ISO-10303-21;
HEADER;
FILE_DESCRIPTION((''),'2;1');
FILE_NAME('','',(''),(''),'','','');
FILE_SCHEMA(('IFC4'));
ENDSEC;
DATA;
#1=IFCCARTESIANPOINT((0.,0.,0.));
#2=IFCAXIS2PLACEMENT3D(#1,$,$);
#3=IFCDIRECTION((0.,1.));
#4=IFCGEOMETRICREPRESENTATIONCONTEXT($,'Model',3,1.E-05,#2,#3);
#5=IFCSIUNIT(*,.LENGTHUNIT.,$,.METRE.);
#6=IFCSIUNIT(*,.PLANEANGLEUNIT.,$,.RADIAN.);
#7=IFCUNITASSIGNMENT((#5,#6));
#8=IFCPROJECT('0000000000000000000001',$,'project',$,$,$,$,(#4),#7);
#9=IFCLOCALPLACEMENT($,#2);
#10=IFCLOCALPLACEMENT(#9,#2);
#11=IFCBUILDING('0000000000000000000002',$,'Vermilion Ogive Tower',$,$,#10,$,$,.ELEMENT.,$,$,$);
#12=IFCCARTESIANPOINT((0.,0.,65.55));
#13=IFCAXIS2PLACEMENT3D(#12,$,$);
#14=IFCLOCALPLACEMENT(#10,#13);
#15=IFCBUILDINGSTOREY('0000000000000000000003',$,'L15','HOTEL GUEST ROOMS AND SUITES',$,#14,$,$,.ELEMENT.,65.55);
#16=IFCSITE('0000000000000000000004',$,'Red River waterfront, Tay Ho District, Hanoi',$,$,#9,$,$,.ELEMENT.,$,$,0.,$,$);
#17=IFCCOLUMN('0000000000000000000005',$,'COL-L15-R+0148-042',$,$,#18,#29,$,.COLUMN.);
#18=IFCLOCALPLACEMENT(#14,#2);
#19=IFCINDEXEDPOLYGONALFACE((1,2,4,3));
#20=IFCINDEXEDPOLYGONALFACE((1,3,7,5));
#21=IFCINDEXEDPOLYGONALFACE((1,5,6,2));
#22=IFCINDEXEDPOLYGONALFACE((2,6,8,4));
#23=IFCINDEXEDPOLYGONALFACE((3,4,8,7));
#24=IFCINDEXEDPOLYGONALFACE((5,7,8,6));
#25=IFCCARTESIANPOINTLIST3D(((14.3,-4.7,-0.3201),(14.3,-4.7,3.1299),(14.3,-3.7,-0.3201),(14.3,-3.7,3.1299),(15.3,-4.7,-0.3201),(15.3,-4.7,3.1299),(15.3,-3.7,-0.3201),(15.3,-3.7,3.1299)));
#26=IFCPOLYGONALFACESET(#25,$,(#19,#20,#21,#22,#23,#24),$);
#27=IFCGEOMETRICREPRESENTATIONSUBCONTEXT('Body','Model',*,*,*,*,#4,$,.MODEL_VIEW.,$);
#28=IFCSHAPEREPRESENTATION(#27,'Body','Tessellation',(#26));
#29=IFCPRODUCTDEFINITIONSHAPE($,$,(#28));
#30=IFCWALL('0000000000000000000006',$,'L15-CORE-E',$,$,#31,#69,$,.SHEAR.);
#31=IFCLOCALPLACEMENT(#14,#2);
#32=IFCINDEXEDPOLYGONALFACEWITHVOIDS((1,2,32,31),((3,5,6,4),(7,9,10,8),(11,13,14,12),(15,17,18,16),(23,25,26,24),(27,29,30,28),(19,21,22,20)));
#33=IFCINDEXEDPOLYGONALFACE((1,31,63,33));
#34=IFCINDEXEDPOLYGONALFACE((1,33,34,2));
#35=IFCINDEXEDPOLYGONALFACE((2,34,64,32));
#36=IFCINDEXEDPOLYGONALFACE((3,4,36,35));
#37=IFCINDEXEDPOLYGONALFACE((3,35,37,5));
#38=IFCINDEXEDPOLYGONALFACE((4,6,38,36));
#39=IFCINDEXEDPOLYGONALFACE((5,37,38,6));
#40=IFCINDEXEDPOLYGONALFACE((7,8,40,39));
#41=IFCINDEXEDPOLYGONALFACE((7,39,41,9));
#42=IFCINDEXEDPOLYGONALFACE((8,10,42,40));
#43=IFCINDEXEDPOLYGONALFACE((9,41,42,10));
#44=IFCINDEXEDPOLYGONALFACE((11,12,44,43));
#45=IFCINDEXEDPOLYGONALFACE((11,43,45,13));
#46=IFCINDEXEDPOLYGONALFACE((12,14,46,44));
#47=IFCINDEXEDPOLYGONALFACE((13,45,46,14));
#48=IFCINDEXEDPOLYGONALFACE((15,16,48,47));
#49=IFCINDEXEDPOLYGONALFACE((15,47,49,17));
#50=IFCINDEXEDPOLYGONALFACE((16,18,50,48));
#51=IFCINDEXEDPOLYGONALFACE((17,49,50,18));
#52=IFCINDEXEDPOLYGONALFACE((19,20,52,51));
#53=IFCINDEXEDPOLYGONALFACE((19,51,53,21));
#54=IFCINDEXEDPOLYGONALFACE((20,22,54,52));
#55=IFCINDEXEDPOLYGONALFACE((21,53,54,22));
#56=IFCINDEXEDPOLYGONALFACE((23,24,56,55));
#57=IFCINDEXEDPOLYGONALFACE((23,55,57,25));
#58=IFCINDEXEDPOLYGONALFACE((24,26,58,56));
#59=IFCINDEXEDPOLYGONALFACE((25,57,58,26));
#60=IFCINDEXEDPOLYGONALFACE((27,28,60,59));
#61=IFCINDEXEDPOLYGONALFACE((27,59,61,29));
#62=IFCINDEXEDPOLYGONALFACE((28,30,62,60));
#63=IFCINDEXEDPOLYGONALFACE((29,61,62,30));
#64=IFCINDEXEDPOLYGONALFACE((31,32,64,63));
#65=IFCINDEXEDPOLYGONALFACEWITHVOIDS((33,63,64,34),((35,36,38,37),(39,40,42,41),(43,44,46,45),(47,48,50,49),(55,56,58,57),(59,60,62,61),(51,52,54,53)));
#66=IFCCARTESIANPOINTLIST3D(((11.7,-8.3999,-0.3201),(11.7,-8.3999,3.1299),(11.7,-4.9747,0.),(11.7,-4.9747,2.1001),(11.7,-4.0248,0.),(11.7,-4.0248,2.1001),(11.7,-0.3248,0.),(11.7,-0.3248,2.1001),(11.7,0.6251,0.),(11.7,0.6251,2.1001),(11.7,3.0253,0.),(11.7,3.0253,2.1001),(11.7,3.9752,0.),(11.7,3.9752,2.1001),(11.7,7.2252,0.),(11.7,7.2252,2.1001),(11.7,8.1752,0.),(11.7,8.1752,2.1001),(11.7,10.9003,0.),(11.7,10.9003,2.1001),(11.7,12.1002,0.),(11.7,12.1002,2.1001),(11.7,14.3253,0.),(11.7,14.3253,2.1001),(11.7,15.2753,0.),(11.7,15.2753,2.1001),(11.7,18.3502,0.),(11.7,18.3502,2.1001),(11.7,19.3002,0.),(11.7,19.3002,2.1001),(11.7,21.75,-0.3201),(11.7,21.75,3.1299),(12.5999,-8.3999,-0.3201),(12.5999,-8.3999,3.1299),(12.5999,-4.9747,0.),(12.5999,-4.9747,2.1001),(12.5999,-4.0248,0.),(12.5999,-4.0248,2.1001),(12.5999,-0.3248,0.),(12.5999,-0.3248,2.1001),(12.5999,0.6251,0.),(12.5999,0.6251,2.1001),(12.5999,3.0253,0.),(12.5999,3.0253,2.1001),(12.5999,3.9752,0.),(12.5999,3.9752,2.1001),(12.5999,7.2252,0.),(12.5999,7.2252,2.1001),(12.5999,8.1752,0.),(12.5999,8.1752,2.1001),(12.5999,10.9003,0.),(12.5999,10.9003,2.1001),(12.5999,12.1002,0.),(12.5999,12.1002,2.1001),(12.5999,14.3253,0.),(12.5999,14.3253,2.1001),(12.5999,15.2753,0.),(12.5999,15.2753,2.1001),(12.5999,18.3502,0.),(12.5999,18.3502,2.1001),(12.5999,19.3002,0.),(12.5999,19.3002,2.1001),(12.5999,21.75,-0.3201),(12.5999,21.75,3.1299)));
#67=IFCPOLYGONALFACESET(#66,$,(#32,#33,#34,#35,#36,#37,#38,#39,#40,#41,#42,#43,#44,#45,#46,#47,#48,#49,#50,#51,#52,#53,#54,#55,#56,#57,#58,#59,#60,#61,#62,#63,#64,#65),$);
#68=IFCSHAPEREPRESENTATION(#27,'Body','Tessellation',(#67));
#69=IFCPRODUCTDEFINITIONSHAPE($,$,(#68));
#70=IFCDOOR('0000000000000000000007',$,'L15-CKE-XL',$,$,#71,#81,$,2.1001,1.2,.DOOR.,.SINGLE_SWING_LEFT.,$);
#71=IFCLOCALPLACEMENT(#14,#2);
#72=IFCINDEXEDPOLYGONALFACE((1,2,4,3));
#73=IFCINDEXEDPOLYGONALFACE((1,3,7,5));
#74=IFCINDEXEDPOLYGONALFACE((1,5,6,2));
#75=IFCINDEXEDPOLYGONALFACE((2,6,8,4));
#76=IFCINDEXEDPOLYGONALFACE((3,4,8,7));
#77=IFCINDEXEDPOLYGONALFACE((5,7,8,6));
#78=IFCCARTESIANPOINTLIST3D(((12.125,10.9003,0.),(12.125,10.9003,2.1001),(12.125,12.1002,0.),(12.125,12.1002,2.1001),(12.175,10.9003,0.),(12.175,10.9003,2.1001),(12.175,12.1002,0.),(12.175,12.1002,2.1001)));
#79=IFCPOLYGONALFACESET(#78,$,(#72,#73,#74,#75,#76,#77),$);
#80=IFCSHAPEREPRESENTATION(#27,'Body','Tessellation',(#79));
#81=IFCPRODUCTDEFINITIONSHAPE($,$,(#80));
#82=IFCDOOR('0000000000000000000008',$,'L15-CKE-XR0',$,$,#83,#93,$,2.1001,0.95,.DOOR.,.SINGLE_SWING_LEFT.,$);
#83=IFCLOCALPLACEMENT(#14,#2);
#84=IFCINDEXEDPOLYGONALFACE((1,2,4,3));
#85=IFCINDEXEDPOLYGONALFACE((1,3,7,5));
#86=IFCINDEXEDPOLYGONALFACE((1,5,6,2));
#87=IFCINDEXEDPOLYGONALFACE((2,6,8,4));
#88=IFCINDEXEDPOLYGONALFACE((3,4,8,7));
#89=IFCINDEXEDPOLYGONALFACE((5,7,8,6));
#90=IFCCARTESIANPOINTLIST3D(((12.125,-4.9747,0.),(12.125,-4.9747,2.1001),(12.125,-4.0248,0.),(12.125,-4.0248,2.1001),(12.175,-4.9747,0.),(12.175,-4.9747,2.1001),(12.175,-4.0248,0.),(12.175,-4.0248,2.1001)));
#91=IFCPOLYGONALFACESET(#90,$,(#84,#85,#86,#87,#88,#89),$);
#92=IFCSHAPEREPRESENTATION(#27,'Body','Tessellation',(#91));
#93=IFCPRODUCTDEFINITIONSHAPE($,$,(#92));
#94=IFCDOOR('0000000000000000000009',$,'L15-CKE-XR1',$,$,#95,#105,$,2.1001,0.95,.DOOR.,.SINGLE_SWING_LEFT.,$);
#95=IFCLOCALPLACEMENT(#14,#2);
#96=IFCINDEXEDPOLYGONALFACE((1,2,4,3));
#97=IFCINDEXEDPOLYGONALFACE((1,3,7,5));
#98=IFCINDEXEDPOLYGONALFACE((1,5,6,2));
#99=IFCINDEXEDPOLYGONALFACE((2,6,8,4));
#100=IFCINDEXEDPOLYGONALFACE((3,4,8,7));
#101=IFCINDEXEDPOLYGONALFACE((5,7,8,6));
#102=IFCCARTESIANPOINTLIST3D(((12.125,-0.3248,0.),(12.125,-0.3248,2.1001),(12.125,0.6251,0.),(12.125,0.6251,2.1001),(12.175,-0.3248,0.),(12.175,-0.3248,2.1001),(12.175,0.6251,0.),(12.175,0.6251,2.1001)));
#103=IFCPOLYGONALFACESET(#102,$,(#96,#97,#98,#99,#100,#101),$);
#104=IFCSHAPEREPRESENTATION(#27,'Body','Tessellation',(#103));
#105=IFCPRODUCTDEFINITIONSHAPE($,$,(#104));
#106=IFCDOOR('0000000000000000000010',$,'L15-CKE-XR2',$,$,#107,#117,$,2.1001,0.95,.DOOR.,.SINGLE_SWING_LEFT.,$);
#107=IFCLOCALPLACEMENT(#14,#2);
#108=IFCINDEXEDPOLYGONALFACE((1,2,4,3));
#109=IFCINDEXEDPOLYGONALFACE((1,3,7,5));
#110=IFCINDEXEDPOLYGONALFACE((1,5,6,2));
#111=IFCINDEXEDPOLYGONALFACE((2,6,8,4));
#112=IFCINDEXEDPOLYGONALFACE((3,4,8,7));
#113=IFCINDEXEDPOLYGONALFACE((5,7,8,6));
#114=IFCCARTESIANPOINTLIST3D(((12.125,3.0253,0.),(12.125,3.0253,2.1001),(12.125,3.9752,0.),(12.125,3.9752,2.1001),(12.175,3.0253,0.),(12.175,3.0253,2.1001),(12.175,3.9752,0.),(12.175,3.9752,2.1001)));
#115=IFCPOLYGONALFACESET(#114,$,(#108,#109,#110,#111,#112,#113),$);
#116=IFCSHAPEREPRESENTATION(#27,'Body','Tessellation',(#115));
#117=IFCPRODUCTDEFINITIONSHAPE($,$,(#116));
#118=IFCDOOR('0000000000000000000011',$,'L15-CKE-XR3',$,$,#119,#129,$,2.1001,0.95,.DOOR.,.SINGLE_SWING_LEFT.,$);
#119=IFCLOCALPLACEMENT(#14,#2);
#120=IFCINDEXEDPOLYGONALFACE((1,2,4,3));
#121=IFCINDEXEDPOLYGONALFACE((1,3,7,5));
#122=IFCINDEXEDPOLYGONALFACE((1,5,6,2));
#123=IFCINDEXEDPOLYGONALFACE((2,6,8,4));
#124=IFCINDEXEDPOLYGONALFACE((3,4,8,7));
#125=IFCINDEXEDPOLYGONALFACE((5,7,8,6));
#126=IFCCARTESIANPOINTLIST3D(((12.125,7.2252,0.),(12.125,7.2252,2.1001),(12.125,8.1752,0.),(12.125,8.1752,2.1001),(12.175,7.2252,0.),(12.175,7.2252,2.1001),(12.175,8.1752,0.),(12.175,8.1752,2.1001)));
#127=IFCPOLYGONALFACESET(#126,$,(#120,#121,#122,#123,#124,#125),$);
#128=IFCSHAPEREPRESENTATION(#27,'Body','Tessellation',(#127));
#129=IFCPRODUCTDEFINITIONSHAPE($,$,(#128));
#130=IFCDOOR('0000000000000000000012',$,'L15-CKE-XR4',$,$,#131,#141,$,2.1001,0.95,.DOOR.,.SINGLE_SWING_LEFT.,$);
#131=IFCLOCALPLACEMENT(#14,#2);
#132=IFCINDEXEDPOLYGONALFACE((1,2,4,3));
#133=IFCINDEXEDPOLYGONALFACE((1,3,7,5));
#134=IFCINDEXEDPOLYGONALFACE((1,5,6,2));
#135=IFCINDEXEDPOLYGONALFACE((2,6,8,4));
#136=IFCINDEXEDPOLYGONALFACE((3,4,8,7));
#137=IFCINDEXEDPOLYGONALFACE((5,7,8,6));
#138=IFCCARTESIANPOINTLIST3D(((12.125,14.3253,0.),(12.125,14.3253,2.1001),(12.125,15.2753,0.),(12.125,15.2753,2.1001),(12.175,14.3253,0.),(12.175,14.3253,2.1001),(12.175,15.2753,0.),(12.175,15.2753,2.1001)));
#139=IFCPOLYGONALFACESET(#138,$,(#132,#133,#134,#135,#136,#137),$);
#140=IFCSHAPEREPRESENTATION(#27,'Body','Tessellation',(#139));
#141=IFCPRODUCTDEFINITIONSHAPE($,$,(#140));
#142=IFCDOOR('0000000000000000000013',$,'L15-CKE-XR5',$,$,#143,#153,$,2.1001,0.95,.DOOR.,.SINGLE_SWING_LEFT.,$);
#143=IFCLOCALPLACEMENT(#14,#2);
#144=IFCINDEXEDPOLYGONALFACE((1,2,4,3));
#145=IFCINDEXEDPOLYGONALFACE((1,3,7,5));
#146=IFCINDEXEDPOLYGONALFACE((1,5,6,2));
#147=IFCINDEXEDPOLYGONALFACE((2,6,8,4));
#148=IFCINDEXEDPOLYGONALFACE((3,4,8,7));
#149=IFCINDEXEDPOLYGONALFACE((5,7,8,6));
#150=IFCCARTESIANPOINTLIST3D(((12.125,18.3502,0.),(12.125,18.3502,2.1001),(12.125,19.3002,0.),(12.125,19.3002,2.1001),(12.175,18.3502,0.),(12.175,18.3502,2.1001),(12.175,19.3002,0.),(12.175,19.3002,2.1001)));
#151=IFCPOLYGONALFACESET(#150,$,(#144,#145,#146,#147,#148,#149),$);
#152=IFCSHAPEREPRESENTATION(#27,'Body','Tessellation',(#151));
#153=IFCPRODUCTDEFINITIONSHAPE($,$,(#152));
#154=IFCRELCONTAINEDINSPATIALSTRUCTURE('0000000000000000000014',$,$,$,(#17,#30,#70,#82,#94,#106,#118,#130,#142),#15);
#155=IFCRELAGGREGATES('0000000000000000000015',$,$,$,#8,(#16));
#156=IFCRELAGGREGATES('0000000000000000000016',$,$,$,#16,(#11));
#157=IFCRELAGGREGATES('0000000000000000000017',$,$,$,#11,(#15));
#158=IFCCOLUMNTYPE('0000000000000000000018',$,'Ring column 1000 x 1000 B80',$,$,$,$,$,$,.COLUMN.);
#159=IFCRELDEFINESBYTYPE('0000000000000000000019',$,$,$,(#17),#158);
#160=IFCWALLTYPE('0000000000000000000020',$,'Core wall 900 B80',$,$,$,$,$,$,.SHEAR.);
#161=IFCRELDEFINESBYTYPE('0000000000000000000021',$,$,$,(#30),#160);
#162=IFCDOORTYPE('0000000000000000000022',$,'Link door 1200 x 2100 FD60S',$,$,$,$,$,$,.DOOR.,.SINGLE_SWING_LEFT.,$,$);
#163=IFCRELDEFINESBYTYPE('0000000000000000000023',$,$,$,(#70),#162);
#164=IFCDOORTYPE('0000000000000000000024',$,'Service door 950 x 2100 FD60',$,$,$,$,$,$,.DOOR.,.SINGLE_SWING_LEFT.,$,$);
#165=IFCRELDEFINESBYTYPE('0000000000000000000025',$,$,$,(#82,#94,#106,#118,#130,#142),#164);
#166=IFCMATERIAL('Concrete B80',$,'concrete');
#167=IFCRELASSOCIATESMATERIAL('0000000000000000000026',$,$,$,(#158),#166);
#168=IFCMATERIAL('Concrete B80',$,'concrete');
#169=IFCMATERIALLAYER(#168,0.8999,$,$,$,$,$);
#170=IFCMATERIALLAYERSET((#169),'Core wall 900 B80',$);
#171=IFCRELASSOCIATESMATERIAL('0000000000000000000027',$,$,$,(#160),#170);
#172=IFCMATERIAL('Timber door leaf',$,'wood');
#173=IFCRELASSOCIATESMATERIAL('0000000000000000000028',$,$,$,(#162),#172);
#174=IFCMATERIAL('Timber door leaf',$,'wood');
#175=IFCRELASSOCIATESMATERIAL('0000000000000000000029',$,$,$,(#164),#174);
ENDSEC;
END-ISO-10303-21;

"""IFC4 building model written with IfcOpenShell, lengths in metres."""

from ifc_helpers import new_model, si_unit, direction, frame, frame_2d, origin, origin_2d, place, context, subcontext, project, spatial, rectangle, extrude, material, layer, layer_set, material_profile, profile_set, type_object, element, fill, save


model = new_model("IFC4")

# Units and contexts
model_context = context("Model", 3, precision=1e-05, world=origin(), true_north=direction((0.0, 1.0)))
body_context = subcontext(model_context, "Body", "Model", "MODEL_VIEW")
ifc_project = project(units=[si_unit("LENGTHUNIT", "METRE"), si_unit("PLANEANGLEUNIT", "RADIAN")], contexts=[model_context])

# Site, building, storey
site_placement = place(None, origin())
site = spatial("IfcSite", under=ifc_project, at=site_placement, Name="Red River waterfront, Tay Ho District, Hanoi", CompositionType="ELEMENT", RefElevation=0.0)
building_placement = place(site_placement, origin())
building = spatial("IfcBuilding", under=site, at=building_placement, Name="Vermilion Ogive Tower", CompositionType="ELEMENT")
storey_placement = place(building_placement, frame((0.0, 0.0, 65.55)))
storey = spatial("IfcBuildingStorey", under=building, at=storey_placement, Name="L15", Description="HOTEL GUEST ROOMS AND SUITES", CompositionType="ELEMENT", Elevation=65.55)

# Column
ifc_material_1 = material(Name="Concrete B80", Category="concrete")
ifc_material_profile = material_profile(ifc_material_1, rectangle(XDim=1.0, YDim=1.0, at=origin_2d()), Name="1000 x 1000")
ifc_profile_set = profile_set([ifc_material_profile], Name="Concrete B80")
column_type = type_object("IfcColumnType", Name="Ring column 1000 x 1000 B80", PredefinedType="COLUMN", material=ifc_profile_set)
column_placement = place(storey_placement, frame((14.8, -4.2, -0.3201), z_axis=(0.0, 0.0, 1.0), x_axis=(1.0, 0.0, 0.0)))
element("IfcColumn", 1, at=column_placement, inside=storey, type_object=column_type, Name="COL-L15-R+0148-042", PredefinedType="COLUMN", context=body_context, shape_type="SweptSolid", body=[
    extrude(rectangle(XDim=1.0, YDim=1.0, at=origin_2d()), origin(), (0.0, 0.0, 1.0), 3.45),
])

# Wall, openings, doors
ifc_material_2 = material(Name="Concrete B80", Category="concrete")
ifc_layer_1 = layer(ifc_material_2, 0.8999)
ifc_layer_set_1 = layer_set([ifc_layer_1], Name="Core wall 900 B80")
wall_type_1 = type_object("IfcWallType", Name="Core wall 900 B80", PredefinedType="SHEAR", material=ifc_layer_set_1)
wall_1_placement = place(storey_placement, frame((12.1499, -8.3999, -0.3201), z_axis=(0.0, 0.0, 1.0), x_axis=(0.0, 1.0, 0.0)))
wall_1 = element("IfcWall", 2, at=wall_1_placement, inside=storey, type_object=wall_type_1, Name="L15-CORE-E", PredefinedType="SHEAR", context=body_context, shape_type="SweptSolid", body=[
    extrude(rectangle(XDim=30.1499, YDim=0.8999, at=frame_2d((15.075, 0.0))), origin(), (0.0, 0.0, 1.0), 3.45),
])
opening_1_placement = place(wall_1_placement, frame((3.425, 0.0, 0.3201)))
opening_1 = element("IfcOpeningElement", 3, at=opening_1_placement, cuts=wall_1, PredefinedType="OPENING", context=body_context, shape_type="SweptSolid", body=[
    extrude(rectangle(XDim=0.95, YDim=2.1001, at=frame_2d((0.4751, 1.05))), frame((0.0, 0.46, 0.0), z_axis=(0.0, -1.0, 0.0), x_axis=(1.0, 0.0, 0.0)), (0.0, 0.0, 1.0), 0.9199),
])
opening_2_placement = place(wall_1_placement, frame((8.075, 0.0, 0.3201)))
opening_2 = element("IfcOpeningElement", 4, at=opening_2_placement, cuts=wall_1, PredefinedType="OPENING", context=body_context, shape_type="SweptSolid", body=[
    extrude(rectangle(XDim=0.95, YDim=2.1001, at=frame_2d((0.4751, 1.05))), frame((0.0, 0.46, 0.0), z_axis=(0.0, -1.0, 0.0), x_axis=(1.0, 0.0, 0.0)), (0.0, 0.0, 1.0), 0.9199),
])
opening_3_placement = place(wall_1_placement, frame((11.425, 0.0, 0.3201)))
opening_3 = element("IfcOpeningElement", 5, at=opening_3_placement, cuts=wall_1, PredefinedType="OPENING", context=body_context, shape_type="SweptSolid", body=[
    extrude(rectangle(XDim=0.95, YDim=2.1001, at=frame_2d((0.4751, 1.05))), frame((0.0, 0.46, 0.0), z_axis=(0.0, -1.0, 0.0), x_axis=(1.0, 0.0, 0.0)), (0.0, 0.0, 1.0), 0.9199),
])
opening_4_placement = place(wall_1_placement, frame((15.625, 0.0, 0.3201)))
opening_4 = element("IfcOpeningElement", 6, at=opening_4_placement, cuts=wall_1, PredefinedType="OPENING", context=body_context, shape_type="SweptSolid", body=[
    extrude(rectangle(XDim=0.95, YDim=2.1001, at=frame_2d((0.4751, 1.05))), frame((0.0, 0.46, 0.0), z_axis=(0.0, -1.0, 0.0), x_axis=(1.0, 0.0, 0.0)), (0.0, 0.0, 1.0), 0.9199),
])
opening_5_placement = place(wall_1_placement, frame((22.7251, 0.0, 0.3201)))
opening_5 = element("IfcOpeningElement", 7, at=opening_5_placement, cuts=wall_1, PredefinedType="OPENING", context=body_context, shape_type="SweptSolid", body=[
    extrude(rectangle(XDim=0.95, YDim=2.1001, at=frame_2d((0.4751, 1.05))), frame((0.0, 0.46, 0.0), z_axis=(0.0, -1.0, 0.0), x_axis=(1.0, 0.0, 0.0)), (0.0, 0.0, 1.0), 0.9199),
])
opening_6_placement = place(wall_1_placement, frame((26.75, 0.0, 0.3201)))
opening_6 = element("IfcOpeningElement", 8, at=opening_6_placement, cuts=wall_1, PredefinedType="OPENING", context=body_context, shape_type="SweptSolid", body=[
    extrude(rectangle(XDim=0.95, YDim=2.1001, at=frame_2d((0.4751, 1.05))), frame((0.0, 0.46, 0.0), z_axis=(0.0, -1.0, 0.0), x_axis=(1.0, 0.0, 0.0)), (0.0, 0.0, 1.0), 0.9199),
])
opening_7_placement = place(wall_1_placement, frame((19.3, 0.0, 0.3201)))
opening_7 = element("IfcOpeningElement", 9, at=opening_7_placement, cuts=wall_1, PredefinedType="OPENING", context=body_context, shape_type="SweptSolid", body=[
    extrude(rectangle(XDim=1.2, YDim=2.1001, at=frame_2d((0.6001, 1.05))), frame((0.0, 0.46, 0.0), z_axis=(0.0, -1.0, 0.0), x_axis=(1.0, 0.0, 0.0)), (0.0, 0.0, 1.0), 0.9199),
])
ifc_material_3 = material(Name="Timber door leaf", Category="wood")
door_type_1 = type_object("IfcDoorType", Name="Link door 1200 x 2100 FD60S", OperationType="SINGLE_SWING_LEFT", PredefinedType="DOOR", material=ifc_material_3)
door_1_placement = place(opening_7_placement, origin())
door_1 = element("IfcDoor", 10, at=door_1_placement, inside=storey, type_object=door_type_1, Name="L15-CKE-XL", OperationType="SINGLE_SWING_LEFT", OverallHeight=2.1001, OverallWidth=1.2, PredefinedType="DOOR", context=body_context, shape_type="SweptSolid", body=[
    extrude(rectangle(XDim=1.2, YDim=2.1001, at=frame_2d((0.6001, 1.05))), frame((0.0, 0.0249, 0.0), z_axis=(0.0, -1.0, 0.0), x_axis=(1.0, 0.0, 0.0)), (0.0, 0.0, 1.0), 0.05),
])
fill(opening_7, door_1)
ifc_material_4 = material(Name="Timber door leaf", Category="wood")
door_type_2 = type_object("IfcDoorType", Name="Service door 950 x 2100 FD60", OperationType="SINGLE_SWING_LEFT", PredefinedType="DOOR", material=ifc_material_4)
door_2_placement = place(opening_1_placement, origin())
door_2 = element("IfcDoor", 11, at=door_2_placement, inside=storey, type_object=door_type_2, Name="L15-CKE-XR0", OperationType="SINGLE_SWING_LEFT", OverallHeight=2.1001, OverallWidth=0.95, PredefinedType="DOOR", context=body_context, shape_type="SweptSolid", body=[
    extrude(rectangle(XDim=0.95, YDim=2.1001, at=frame_2d((0.4751, 1.05))), frame((0.0, 0.0249, 0.0), z_axis=(0.0, -1.0, 0.0), x_axis=(1.0, 0.0, 0.0)), (0.0, 0.0, 1.0), 0.05),
])
fill(opening_1, door_2)
door_3_placement = place(opening_2_placement, origin())
door_3 = element("IfcDoor", 12, at=door_3_placement, inside=storey, type_object=door_type_2, Name="L15-CKE-XR1", OperationType="SINGLE_SWING_LEFT", OverallHeight=2.1001, OverallWidth=0.95, PredefinedType="DOOR", context=body_context, shape_type="SweptSolid", body=[
    extrude(rectangle(XDim=0.95, YDim=2.1001, at=frame_2d((0.4751, 1.05))), frame((0.0, 0.0249, 0.0), z_axis=(0.0, -1.0, 0.0), x_axis=(1.0, 0.0, 0.0)), (0.0, 0.0, 1.0), 0.05),
])
fill(opening_2, door_3)
door_4_placement = place(opening_3_placement, origin())
door_4 = element("IfcDoor", 13, at=door_4_placement, inside=storey, type_object=door_type_2, Name="L15-CKE-XR2", OperationType="SINGLE_SWING_LEFT", OverallHeight=2.1001, OverallWidth=0.95, PredefinedType="DOOR", context=body_context, shape_type="SweptSolid", body=[
    extrude(rectangle(XDim=0.95, YDim=2.1001, at=frame_2d((0.4751, 1.05))), frame((0.0, 0.0249, 0.0), z_axis=(0.0, -1.0, 0.0), x_axis=(1.0, 0.0, 0.0)), (0.0, 0.0, 1.0), 0.05),
])
fill(opening_3, door_4)
door_5_placement = place(opening_4_placement, origin())
door_5 = element("IfcDoor", 14, at=door_5_placement, inside=storey, type_object=door_type_2, Name="L15-CKE-XR3", OperationType="SINGLE_SWING_LEFT", OverallHeight=2.1001, OverallWidth=0.95, PredefinedType="DOOR", context=body_context, shape_type="SweptSolid", body=[
    extrude(rectangle(XDim=0.95, YDim=2.1001, at=frame_2d((0.4751, 1.05))), frame((0.0, 0.0249, 0.0), z_axis=(0.0, -1.0, 0.0), x_axis=(1.0, 0.0, 0.0)), (0.0, 0.0, 1.0), 0.05),
])
fill(opening_4, door_5)
door_6_placement = place(opening_5_placement, origin())
door_6 = element("IfcDoor", 15, at=door_6_placement, inside=storey, type_object=door_type_2, Name="L15-CKE-XR4", OperationType="SINGLE_SWING_LEFT", OverallHeight=2.1001, OverallWidth=0.95, PredefinedType="DOOR", context=body_context, shape_type="SweptSolid", body=[
    extrude(rectangle(XDim=0.95, YDim=2.1001, at=frame_2d((0.4751, 1.05))), frame((0.0, 0.0249, 0.0), z_axis=(0.0, -1.0, 0.0), x_axis=(1.0, 0.0, 0.0)), (0.0, 0.0, 1.0), 0.05),
])
fill(opening_5, door_6)
door_7_placement = place(opening_6_placement, origin())
door_7 = element("IfcDoor", 16, at=door_7_placement, inside=storey, type_object=door_type_2, Name="L15-CKE-XR5", OperationType="SINGLE_SWING_LEFT", OverallHeight=2.1001, OverallWidth=0.95, PredefinedType="DOOR", context=body_context, shape_type="SweptSolid", body=[
    extrude(rectangle(XDim=0.95, YDim=2.1001, at=frame_2d((0.4751, 1.05))), frame((0.0, 0.0249, 0.0), z_axis=(0.0, -1.0, 0.0), x_axis=(1.0, 0.0, 0.0)), (0.0, 0.0, 1.0), 0.05),
])
fill(opening_6, door_7)

save(model, "model.ifc")
